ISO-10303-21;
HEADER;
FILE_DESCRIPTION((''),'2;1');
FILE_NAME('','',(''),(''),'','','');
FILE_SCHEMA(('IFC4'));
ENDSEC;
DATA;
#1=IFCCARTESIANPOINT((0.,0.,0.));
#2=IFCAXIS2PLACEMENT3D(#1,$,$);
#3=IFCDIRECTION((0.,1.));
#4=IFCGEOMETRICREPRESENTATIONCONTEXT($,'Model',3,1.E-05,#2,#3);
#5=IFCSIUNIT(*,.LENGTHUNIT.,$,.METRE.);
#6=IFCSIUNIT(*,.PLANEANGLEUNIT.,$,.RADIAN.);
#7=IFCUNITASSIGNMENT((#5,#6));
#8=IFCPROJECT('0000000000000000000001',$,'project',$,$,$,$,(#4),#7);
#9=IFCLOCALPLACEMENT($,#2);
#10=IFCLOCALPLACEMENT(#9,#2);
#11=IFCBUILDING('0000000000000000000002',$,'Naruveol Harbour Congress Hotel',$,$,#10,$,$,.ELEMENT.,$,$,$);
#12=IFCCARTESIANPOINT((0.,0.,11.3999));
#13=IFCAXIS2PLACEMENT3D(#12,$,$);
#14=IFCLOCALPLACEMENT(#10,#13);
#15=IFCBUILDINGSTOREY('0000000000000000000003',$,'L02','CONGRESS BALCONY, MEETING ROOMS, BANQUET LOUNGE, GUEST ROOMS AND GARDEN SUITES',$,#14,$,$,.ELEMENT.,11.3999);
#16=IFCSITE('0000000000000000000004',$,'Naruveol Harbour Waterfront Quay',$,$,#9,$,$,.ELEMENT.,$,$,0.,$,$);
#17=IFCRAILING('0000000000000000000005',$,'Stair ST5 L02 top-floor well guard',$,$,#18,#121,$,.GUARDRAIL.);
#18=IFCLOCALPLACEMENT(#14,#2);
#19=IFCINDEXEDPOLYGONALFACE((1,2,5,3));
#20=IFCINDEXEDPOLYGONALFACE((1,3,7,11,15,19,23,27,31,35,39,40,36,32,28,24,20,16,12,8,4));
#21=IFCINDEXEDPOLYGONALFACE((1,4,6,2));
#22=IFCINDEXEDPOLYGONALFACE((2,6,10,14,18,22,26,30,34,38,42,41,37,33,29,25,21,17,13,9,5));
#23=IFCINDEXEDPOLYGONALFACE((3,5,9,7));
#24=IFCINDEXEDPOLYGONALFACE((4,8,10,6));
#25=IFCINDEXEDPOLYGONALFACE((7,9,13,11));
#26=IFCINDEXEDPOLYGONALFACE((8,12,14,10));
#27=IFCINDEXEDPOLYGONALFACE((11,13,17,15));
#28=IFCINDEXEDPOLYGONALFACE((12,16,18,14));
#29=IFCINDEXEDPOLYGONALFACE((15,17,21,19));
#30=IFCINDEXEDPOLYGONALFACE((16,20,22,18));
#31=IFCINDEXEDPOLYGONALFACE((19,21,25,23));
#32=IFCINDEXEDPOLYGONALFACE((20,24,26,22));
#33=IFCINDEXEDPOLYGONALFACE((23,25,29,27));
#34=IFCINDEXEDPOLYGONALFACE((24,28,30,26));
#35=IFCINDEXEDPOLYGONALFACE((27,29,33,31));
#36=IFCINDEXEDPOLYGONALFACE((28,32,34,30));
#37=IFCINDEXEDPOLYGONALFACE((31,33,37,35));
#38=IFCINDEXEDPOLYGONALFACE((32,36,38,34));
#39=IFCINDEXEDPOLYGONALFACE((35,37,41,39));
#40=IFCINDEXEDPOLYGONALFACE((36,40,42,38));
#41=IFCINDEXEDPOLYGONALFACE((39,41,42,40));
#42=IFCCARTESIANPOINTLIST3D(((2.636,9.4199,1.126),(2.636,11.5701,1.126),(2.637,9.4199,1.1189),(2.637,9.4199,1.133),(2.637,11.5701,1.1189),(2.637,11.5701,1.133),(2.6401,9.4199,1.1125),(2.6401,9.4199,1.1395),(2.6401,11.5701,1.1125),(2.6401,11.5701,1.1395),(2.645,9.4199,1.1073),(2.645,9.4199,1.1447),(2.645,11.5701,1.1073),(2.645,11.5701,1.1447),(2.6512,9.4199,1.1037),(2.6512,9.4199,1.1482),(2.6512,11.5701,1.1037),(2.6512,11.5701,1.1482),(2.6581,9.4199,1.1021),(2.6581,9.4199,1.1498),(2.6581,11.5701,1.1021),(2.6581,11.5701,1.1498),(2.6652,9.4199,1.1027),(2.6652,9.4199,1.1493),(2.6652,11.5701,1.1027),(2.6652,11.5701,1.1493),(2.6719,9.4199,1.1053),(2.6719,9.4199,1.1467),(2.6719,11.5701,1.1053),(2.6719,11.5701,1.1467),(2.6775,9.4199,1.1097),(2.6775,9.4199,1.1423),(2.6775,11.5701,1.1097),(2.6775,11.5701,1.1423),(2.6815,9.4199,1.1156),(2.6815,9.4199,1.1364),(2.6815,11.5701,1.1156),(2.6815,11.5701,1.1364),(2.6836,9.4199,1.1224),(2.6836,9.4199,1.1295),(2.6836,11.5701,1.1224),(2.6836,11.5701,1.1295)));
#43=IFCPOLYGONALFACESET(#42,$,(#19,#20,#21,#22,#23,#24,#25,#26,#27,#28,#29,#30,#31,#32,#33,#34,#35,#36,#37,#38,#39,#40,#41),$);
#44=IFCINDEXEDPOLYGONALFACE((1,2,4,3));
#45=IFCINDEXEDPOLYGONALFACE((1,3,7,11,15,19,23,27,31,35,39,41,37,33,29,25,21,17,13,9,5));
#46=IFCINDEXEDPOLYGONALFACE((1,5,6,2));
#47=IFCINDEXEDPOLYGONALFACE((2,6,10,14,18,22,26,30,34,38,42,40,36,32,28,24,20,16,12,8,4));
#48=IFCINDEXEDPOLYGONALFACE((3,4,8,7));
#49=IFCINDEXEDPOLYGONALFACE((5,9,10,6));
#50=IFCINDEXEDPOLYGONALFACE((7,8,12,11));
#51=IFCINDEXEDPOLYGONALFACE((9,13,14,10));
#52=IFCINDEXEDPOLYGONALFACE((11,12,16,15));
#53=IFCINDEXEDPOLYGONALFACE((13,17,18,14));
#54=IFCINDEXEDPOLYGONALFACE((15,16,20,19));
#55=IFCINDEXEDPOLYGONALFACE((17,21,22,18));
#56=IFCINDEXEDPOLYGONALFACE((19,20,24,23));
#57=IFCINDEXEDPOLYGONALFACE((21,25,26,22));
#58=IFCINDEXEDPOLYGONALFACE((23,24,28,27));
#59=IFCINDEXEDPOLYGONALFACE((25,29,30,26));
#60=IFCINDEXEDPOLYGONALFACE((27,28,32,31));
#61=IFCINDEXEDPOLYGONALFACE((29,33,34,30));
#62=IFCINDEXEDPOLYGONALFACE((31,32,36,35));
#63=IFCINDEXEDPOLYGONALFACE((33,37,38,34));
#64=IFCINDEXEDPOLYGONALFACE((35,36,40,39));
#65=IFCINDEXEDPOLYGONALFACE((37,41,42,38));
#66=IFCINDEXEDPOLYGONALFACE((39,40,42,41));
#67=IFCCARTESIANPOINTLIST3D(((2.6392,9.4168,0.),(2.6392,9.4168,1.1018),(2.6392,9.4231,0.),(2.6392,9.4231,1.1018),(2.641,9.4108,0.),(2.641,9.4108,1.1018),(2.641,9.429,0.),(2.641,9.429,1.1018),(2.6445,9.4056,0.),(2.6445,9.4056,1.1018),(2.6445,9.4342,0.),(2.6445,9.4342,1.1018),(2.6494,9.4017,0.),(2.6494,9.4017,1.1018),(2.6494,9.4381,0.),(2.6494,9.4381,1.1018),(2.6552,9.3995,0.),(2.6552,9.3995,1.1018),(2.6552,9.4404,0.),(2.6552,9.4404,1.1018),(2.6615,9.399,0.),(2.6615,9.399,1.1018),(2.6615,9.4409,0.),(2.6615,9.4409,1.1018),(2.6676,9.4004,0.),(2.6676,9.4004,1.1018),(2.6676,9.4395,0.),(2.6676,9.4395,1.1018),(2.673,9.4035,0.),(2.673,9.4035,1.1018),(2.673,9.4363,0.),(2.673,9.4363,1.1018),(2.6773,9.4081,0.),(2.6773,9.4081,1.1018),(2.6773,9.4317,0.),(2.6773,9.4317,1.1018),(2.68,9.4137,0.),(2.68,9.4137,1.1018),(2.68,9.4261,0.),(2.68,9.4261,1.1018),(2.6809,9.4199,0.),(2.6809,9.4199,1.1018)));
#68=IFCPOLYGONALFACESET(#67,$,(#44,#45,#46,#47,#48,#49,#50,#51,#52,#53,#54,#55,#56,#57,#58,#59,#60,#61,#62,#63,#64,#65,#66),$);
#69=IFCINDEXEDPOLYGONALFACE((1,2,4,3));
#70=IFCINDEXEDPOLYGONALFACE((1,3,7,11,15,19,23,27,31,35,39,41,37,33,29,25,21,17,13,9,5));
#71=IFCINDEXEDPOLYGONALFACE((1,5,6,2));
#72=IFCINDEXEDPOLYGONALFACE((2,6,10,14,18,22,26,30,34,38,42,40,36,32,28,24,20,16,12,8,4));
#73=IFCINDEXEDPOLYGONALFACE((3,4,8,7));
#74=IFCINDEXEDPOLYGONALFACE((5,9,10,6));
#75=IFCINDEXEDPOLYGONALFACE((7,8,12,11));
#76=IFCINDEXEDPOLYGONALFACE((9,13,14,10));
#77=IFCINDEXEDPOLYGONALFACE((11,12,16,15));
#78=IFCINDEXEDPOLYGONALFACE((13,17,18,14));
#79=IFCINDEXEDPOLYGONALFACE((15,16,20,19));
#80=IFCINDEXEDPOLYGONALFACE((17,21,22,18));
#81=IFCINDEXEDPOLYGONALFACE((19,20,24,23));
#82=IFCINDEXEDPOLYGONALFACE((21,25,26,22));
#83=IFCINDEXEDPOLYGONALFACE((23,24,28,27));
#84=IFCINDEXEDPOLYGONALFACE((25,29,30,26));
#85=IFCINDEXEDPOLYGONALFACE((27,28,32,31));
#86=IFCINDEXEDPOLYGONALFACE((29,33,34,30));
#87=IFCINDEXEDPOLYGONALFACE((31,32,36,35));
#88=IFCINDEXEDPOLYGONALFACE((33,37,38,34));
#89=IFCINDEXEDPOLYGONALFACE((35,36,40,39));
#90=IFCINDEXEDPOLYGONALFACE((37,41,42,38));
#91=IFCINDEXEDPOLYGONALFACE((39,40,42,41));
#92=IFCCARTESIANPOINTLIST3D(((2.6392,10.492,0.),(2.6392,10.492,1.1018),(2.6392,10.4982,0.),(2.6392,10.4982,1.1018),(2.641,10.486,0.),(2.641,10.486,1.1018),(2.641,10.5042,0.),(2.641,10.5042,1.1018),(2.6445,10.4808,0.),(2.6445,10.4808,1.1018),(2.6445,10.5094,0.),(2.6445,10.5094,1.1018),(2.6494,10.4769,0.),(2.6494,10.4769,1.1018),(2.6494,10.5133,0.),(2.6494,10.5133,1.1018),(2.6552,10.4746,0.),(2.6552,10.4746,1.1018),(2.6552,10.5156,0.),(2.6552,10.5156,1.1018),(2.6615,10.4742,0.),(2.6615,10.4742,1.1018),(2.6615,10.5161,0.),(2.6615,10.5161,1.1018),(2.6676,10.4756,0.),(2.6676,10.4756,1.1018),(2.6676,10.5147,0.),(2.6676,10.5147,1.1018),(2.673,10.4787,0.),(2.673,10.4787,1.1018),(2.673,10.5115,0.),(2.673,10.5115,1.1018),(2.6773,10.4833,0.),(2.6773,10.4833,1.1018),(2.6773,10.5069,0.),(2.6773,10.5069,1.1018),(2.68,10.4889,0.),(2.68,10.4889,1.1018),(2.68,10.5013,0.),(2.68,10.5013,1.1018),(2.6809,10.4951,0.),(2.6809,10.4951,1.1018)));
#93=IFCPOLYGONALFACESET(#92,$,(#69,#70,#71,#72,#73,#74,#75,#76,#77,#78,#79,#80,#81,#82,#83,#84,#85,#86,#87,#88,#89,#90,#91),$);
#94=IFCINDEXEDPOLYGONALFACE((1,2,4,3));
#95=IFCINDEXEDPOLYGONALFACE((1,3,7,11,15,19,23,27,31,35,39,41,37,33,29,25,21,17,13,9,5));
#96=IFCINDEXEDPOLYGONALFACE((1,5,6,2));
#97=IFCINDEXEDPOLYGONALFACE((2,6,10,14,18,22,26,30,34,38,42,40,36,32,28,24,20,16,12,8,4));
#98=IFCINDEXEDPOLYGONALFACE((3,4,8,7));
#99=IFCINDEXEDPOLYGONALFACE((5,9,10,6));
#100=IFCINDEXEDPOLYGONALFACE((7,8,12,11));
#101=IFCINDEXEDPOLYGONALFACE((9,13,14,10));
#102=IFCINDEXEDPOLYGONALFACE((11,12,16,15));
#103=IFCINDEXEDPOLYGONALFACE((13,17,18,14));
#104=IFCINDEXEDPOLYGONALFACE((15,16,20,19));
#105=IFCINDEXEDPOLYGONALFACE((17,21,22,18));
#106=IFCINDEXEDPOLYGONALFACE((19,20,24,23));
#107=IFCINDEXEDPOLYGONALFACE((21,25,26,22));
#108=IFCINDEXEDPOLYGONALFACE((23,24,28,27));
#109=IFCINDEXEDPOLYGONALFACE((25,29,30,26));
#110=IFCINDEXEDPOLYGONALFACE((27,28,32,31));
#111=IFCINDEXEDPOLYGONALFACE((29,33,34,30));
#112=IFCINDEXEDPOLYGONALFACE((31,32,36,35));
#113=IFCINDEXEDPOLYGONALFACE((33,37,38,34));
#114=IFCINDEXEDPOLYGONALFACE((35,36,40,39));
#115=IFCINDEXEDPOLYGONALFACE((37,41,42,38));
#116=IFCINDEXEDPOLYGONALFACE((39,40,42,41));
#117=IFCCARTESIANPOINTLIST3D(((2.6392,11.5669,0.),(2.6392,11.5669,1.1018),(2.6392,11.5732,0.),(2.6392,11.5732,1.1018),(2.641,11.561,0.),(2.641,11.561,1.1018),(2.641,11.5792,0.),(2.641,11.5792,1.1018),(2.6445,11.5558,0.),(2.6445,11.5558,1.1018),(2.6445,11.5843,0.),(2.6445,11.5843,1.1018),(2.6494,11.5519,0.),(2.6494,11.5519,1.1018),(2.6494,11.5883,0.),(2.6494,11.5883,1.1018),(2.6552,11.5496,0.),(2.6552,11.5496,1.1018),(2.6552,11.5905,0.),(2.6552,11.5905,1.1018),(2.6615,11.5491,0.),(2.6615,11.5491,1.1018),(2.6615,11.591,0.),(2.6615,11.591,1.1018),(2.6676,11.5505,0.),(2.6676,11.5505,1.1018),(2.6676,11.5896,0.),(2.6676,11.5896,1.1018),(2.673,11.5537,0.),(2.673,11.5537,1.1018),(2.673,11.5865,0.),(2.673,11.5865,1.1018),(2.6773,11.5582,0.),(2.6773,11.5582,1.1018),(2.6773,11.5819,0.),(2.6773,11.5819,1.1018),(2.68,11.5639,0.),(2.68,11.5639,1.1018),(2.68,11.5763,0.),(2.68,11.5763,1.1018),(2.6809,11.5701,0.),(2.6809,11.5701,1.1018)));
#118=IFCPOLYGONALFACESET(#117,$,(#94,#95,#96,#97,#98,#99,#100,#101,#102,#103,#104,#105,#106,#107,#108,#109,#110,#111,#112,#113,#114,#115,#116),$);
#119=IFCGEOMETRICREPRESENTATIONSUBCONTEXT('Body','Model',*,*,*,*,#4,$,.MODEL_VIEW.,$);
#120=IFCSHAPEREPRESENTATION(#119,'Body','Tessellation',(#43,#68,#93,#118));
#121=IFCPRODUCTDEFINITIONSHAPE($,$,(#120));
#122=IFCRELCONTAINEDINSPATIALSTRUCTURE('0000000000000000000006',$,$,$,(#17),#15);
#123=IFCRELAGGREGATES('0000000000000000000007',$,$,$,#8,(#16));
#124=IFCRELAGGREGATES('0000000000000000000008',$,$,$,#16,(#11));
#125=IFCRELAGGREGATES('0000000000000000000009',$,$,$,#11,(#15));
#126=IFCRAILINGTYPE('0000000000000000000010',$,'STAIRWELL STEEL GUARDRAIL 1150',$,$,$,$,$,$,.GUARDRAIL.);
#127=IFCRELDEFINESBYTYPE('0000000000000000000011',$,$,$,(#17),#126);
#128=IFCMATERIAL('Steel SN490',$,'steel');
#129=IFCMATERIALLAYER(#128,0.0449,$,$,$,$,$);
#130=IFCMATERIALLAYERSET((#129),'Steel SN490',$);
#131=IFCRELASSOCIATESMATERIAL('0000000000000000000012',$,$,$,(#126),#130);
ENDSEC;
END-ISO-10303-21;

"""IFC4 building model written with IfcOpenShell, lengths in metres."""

from ifc_helpers import new_model, si_unit, direction, frame, origin, origin_2d, place, context, subcontext, project, spatial, circle, extrude, material, layer, layer_set, type_object, element, save


model = new_model("IFC4")

# Units and contexts
model_context = context("Model", 3, precision=1e-05, world=origin(), true_north=direction((0.0, 1.0)))
body_context = subcontext(model_context, "Body", "Model", "MODEL_VIEW")
ifc_project = project(units=[si_unit("LENGTHUNIT", "METRE"), si_unit("PLANEANGLEUNIT", "RADIAN")], contexts=[model_context])

# Site, building, storey
site_placement = place(None, origin())
site = spatial("IfcSite", under=ifc_project, at=site_placement, Name="Naruveol Harbour Waterfront Quay", CompositionType="ELEMENT", RefElevation=0.0)
building_placement = place(site_placement, origin())
building = spatial("IfcBuilding", under=site, at=building_placement, Name="Naruveol Harbour Congress Hotel", CompositionType="ELEMENT")
storey_placement = place(building_placement, frame((0.0, 0.0, 11.3999)))
storey = spatial("IfcBuildingStorey", under=building, at=storey_placement, Name="L02", Description="CONGRESS BALCONY, MEETING ROOMS, BANQUET LOUNGE, GUEST ROOMS AND GARDEN SUITES", CompositionType="ELEMENT", Elevation=11.3999)

# Railing
ifc_material_1 = material(Name="Steel SN490", Category="steel")
ifc_layer_1 = layer(ifc_material_1, 0.0449)
ifc_layer_set_1 = layer_set([ifc_layer_1], Name="Steel SN490")
railing_type_1 = type_object("IfcRailingType", Name="STAIRWELL STEEL GUARDRAIL 1150", PredefinedType="GUARDRAIL", material=ifc_layer_set_1)
railing_1_placement = place(storey_placement, frame((2.6599, 9.4199, 0.0)))
element("IfcRailing", 1, at=railing_1_placement, inside=storey, type_object=railing_type_1, Name="Stair ST5 L02 top-floor well guard", PredefinedType="GUARDRAIL", context=body_context, shape_type="SweptSolid", body=[
    extrude(circle(Radius=0.0239, at=origin_2d()), frame((0.0, 0.0, 1.126), z_axis=(0.0, 1.0, 0.0), x_axis=(-1.0, 0.0, 0.0)), (0.0, 0.0, 1.0), 2.1501),
    extrude(circle(Radius=0.021, at=origin_2d()), origin(), (0.0, 0.0, 1.0), 1.1018),
    extrude(circle(Radius=0.021, at=origin_2d()), frame((0.0, 1.0752, 0.0)), (0.0, 0.0, 1.0), 1.1018),
    extrude(circle(Radius=0.021, at=origin_2d()), frame((0.0, 2.1501, 0.0)), (0.0, 0.0, 1.0), 1.1018),
])

save(model, "model.ifc")
